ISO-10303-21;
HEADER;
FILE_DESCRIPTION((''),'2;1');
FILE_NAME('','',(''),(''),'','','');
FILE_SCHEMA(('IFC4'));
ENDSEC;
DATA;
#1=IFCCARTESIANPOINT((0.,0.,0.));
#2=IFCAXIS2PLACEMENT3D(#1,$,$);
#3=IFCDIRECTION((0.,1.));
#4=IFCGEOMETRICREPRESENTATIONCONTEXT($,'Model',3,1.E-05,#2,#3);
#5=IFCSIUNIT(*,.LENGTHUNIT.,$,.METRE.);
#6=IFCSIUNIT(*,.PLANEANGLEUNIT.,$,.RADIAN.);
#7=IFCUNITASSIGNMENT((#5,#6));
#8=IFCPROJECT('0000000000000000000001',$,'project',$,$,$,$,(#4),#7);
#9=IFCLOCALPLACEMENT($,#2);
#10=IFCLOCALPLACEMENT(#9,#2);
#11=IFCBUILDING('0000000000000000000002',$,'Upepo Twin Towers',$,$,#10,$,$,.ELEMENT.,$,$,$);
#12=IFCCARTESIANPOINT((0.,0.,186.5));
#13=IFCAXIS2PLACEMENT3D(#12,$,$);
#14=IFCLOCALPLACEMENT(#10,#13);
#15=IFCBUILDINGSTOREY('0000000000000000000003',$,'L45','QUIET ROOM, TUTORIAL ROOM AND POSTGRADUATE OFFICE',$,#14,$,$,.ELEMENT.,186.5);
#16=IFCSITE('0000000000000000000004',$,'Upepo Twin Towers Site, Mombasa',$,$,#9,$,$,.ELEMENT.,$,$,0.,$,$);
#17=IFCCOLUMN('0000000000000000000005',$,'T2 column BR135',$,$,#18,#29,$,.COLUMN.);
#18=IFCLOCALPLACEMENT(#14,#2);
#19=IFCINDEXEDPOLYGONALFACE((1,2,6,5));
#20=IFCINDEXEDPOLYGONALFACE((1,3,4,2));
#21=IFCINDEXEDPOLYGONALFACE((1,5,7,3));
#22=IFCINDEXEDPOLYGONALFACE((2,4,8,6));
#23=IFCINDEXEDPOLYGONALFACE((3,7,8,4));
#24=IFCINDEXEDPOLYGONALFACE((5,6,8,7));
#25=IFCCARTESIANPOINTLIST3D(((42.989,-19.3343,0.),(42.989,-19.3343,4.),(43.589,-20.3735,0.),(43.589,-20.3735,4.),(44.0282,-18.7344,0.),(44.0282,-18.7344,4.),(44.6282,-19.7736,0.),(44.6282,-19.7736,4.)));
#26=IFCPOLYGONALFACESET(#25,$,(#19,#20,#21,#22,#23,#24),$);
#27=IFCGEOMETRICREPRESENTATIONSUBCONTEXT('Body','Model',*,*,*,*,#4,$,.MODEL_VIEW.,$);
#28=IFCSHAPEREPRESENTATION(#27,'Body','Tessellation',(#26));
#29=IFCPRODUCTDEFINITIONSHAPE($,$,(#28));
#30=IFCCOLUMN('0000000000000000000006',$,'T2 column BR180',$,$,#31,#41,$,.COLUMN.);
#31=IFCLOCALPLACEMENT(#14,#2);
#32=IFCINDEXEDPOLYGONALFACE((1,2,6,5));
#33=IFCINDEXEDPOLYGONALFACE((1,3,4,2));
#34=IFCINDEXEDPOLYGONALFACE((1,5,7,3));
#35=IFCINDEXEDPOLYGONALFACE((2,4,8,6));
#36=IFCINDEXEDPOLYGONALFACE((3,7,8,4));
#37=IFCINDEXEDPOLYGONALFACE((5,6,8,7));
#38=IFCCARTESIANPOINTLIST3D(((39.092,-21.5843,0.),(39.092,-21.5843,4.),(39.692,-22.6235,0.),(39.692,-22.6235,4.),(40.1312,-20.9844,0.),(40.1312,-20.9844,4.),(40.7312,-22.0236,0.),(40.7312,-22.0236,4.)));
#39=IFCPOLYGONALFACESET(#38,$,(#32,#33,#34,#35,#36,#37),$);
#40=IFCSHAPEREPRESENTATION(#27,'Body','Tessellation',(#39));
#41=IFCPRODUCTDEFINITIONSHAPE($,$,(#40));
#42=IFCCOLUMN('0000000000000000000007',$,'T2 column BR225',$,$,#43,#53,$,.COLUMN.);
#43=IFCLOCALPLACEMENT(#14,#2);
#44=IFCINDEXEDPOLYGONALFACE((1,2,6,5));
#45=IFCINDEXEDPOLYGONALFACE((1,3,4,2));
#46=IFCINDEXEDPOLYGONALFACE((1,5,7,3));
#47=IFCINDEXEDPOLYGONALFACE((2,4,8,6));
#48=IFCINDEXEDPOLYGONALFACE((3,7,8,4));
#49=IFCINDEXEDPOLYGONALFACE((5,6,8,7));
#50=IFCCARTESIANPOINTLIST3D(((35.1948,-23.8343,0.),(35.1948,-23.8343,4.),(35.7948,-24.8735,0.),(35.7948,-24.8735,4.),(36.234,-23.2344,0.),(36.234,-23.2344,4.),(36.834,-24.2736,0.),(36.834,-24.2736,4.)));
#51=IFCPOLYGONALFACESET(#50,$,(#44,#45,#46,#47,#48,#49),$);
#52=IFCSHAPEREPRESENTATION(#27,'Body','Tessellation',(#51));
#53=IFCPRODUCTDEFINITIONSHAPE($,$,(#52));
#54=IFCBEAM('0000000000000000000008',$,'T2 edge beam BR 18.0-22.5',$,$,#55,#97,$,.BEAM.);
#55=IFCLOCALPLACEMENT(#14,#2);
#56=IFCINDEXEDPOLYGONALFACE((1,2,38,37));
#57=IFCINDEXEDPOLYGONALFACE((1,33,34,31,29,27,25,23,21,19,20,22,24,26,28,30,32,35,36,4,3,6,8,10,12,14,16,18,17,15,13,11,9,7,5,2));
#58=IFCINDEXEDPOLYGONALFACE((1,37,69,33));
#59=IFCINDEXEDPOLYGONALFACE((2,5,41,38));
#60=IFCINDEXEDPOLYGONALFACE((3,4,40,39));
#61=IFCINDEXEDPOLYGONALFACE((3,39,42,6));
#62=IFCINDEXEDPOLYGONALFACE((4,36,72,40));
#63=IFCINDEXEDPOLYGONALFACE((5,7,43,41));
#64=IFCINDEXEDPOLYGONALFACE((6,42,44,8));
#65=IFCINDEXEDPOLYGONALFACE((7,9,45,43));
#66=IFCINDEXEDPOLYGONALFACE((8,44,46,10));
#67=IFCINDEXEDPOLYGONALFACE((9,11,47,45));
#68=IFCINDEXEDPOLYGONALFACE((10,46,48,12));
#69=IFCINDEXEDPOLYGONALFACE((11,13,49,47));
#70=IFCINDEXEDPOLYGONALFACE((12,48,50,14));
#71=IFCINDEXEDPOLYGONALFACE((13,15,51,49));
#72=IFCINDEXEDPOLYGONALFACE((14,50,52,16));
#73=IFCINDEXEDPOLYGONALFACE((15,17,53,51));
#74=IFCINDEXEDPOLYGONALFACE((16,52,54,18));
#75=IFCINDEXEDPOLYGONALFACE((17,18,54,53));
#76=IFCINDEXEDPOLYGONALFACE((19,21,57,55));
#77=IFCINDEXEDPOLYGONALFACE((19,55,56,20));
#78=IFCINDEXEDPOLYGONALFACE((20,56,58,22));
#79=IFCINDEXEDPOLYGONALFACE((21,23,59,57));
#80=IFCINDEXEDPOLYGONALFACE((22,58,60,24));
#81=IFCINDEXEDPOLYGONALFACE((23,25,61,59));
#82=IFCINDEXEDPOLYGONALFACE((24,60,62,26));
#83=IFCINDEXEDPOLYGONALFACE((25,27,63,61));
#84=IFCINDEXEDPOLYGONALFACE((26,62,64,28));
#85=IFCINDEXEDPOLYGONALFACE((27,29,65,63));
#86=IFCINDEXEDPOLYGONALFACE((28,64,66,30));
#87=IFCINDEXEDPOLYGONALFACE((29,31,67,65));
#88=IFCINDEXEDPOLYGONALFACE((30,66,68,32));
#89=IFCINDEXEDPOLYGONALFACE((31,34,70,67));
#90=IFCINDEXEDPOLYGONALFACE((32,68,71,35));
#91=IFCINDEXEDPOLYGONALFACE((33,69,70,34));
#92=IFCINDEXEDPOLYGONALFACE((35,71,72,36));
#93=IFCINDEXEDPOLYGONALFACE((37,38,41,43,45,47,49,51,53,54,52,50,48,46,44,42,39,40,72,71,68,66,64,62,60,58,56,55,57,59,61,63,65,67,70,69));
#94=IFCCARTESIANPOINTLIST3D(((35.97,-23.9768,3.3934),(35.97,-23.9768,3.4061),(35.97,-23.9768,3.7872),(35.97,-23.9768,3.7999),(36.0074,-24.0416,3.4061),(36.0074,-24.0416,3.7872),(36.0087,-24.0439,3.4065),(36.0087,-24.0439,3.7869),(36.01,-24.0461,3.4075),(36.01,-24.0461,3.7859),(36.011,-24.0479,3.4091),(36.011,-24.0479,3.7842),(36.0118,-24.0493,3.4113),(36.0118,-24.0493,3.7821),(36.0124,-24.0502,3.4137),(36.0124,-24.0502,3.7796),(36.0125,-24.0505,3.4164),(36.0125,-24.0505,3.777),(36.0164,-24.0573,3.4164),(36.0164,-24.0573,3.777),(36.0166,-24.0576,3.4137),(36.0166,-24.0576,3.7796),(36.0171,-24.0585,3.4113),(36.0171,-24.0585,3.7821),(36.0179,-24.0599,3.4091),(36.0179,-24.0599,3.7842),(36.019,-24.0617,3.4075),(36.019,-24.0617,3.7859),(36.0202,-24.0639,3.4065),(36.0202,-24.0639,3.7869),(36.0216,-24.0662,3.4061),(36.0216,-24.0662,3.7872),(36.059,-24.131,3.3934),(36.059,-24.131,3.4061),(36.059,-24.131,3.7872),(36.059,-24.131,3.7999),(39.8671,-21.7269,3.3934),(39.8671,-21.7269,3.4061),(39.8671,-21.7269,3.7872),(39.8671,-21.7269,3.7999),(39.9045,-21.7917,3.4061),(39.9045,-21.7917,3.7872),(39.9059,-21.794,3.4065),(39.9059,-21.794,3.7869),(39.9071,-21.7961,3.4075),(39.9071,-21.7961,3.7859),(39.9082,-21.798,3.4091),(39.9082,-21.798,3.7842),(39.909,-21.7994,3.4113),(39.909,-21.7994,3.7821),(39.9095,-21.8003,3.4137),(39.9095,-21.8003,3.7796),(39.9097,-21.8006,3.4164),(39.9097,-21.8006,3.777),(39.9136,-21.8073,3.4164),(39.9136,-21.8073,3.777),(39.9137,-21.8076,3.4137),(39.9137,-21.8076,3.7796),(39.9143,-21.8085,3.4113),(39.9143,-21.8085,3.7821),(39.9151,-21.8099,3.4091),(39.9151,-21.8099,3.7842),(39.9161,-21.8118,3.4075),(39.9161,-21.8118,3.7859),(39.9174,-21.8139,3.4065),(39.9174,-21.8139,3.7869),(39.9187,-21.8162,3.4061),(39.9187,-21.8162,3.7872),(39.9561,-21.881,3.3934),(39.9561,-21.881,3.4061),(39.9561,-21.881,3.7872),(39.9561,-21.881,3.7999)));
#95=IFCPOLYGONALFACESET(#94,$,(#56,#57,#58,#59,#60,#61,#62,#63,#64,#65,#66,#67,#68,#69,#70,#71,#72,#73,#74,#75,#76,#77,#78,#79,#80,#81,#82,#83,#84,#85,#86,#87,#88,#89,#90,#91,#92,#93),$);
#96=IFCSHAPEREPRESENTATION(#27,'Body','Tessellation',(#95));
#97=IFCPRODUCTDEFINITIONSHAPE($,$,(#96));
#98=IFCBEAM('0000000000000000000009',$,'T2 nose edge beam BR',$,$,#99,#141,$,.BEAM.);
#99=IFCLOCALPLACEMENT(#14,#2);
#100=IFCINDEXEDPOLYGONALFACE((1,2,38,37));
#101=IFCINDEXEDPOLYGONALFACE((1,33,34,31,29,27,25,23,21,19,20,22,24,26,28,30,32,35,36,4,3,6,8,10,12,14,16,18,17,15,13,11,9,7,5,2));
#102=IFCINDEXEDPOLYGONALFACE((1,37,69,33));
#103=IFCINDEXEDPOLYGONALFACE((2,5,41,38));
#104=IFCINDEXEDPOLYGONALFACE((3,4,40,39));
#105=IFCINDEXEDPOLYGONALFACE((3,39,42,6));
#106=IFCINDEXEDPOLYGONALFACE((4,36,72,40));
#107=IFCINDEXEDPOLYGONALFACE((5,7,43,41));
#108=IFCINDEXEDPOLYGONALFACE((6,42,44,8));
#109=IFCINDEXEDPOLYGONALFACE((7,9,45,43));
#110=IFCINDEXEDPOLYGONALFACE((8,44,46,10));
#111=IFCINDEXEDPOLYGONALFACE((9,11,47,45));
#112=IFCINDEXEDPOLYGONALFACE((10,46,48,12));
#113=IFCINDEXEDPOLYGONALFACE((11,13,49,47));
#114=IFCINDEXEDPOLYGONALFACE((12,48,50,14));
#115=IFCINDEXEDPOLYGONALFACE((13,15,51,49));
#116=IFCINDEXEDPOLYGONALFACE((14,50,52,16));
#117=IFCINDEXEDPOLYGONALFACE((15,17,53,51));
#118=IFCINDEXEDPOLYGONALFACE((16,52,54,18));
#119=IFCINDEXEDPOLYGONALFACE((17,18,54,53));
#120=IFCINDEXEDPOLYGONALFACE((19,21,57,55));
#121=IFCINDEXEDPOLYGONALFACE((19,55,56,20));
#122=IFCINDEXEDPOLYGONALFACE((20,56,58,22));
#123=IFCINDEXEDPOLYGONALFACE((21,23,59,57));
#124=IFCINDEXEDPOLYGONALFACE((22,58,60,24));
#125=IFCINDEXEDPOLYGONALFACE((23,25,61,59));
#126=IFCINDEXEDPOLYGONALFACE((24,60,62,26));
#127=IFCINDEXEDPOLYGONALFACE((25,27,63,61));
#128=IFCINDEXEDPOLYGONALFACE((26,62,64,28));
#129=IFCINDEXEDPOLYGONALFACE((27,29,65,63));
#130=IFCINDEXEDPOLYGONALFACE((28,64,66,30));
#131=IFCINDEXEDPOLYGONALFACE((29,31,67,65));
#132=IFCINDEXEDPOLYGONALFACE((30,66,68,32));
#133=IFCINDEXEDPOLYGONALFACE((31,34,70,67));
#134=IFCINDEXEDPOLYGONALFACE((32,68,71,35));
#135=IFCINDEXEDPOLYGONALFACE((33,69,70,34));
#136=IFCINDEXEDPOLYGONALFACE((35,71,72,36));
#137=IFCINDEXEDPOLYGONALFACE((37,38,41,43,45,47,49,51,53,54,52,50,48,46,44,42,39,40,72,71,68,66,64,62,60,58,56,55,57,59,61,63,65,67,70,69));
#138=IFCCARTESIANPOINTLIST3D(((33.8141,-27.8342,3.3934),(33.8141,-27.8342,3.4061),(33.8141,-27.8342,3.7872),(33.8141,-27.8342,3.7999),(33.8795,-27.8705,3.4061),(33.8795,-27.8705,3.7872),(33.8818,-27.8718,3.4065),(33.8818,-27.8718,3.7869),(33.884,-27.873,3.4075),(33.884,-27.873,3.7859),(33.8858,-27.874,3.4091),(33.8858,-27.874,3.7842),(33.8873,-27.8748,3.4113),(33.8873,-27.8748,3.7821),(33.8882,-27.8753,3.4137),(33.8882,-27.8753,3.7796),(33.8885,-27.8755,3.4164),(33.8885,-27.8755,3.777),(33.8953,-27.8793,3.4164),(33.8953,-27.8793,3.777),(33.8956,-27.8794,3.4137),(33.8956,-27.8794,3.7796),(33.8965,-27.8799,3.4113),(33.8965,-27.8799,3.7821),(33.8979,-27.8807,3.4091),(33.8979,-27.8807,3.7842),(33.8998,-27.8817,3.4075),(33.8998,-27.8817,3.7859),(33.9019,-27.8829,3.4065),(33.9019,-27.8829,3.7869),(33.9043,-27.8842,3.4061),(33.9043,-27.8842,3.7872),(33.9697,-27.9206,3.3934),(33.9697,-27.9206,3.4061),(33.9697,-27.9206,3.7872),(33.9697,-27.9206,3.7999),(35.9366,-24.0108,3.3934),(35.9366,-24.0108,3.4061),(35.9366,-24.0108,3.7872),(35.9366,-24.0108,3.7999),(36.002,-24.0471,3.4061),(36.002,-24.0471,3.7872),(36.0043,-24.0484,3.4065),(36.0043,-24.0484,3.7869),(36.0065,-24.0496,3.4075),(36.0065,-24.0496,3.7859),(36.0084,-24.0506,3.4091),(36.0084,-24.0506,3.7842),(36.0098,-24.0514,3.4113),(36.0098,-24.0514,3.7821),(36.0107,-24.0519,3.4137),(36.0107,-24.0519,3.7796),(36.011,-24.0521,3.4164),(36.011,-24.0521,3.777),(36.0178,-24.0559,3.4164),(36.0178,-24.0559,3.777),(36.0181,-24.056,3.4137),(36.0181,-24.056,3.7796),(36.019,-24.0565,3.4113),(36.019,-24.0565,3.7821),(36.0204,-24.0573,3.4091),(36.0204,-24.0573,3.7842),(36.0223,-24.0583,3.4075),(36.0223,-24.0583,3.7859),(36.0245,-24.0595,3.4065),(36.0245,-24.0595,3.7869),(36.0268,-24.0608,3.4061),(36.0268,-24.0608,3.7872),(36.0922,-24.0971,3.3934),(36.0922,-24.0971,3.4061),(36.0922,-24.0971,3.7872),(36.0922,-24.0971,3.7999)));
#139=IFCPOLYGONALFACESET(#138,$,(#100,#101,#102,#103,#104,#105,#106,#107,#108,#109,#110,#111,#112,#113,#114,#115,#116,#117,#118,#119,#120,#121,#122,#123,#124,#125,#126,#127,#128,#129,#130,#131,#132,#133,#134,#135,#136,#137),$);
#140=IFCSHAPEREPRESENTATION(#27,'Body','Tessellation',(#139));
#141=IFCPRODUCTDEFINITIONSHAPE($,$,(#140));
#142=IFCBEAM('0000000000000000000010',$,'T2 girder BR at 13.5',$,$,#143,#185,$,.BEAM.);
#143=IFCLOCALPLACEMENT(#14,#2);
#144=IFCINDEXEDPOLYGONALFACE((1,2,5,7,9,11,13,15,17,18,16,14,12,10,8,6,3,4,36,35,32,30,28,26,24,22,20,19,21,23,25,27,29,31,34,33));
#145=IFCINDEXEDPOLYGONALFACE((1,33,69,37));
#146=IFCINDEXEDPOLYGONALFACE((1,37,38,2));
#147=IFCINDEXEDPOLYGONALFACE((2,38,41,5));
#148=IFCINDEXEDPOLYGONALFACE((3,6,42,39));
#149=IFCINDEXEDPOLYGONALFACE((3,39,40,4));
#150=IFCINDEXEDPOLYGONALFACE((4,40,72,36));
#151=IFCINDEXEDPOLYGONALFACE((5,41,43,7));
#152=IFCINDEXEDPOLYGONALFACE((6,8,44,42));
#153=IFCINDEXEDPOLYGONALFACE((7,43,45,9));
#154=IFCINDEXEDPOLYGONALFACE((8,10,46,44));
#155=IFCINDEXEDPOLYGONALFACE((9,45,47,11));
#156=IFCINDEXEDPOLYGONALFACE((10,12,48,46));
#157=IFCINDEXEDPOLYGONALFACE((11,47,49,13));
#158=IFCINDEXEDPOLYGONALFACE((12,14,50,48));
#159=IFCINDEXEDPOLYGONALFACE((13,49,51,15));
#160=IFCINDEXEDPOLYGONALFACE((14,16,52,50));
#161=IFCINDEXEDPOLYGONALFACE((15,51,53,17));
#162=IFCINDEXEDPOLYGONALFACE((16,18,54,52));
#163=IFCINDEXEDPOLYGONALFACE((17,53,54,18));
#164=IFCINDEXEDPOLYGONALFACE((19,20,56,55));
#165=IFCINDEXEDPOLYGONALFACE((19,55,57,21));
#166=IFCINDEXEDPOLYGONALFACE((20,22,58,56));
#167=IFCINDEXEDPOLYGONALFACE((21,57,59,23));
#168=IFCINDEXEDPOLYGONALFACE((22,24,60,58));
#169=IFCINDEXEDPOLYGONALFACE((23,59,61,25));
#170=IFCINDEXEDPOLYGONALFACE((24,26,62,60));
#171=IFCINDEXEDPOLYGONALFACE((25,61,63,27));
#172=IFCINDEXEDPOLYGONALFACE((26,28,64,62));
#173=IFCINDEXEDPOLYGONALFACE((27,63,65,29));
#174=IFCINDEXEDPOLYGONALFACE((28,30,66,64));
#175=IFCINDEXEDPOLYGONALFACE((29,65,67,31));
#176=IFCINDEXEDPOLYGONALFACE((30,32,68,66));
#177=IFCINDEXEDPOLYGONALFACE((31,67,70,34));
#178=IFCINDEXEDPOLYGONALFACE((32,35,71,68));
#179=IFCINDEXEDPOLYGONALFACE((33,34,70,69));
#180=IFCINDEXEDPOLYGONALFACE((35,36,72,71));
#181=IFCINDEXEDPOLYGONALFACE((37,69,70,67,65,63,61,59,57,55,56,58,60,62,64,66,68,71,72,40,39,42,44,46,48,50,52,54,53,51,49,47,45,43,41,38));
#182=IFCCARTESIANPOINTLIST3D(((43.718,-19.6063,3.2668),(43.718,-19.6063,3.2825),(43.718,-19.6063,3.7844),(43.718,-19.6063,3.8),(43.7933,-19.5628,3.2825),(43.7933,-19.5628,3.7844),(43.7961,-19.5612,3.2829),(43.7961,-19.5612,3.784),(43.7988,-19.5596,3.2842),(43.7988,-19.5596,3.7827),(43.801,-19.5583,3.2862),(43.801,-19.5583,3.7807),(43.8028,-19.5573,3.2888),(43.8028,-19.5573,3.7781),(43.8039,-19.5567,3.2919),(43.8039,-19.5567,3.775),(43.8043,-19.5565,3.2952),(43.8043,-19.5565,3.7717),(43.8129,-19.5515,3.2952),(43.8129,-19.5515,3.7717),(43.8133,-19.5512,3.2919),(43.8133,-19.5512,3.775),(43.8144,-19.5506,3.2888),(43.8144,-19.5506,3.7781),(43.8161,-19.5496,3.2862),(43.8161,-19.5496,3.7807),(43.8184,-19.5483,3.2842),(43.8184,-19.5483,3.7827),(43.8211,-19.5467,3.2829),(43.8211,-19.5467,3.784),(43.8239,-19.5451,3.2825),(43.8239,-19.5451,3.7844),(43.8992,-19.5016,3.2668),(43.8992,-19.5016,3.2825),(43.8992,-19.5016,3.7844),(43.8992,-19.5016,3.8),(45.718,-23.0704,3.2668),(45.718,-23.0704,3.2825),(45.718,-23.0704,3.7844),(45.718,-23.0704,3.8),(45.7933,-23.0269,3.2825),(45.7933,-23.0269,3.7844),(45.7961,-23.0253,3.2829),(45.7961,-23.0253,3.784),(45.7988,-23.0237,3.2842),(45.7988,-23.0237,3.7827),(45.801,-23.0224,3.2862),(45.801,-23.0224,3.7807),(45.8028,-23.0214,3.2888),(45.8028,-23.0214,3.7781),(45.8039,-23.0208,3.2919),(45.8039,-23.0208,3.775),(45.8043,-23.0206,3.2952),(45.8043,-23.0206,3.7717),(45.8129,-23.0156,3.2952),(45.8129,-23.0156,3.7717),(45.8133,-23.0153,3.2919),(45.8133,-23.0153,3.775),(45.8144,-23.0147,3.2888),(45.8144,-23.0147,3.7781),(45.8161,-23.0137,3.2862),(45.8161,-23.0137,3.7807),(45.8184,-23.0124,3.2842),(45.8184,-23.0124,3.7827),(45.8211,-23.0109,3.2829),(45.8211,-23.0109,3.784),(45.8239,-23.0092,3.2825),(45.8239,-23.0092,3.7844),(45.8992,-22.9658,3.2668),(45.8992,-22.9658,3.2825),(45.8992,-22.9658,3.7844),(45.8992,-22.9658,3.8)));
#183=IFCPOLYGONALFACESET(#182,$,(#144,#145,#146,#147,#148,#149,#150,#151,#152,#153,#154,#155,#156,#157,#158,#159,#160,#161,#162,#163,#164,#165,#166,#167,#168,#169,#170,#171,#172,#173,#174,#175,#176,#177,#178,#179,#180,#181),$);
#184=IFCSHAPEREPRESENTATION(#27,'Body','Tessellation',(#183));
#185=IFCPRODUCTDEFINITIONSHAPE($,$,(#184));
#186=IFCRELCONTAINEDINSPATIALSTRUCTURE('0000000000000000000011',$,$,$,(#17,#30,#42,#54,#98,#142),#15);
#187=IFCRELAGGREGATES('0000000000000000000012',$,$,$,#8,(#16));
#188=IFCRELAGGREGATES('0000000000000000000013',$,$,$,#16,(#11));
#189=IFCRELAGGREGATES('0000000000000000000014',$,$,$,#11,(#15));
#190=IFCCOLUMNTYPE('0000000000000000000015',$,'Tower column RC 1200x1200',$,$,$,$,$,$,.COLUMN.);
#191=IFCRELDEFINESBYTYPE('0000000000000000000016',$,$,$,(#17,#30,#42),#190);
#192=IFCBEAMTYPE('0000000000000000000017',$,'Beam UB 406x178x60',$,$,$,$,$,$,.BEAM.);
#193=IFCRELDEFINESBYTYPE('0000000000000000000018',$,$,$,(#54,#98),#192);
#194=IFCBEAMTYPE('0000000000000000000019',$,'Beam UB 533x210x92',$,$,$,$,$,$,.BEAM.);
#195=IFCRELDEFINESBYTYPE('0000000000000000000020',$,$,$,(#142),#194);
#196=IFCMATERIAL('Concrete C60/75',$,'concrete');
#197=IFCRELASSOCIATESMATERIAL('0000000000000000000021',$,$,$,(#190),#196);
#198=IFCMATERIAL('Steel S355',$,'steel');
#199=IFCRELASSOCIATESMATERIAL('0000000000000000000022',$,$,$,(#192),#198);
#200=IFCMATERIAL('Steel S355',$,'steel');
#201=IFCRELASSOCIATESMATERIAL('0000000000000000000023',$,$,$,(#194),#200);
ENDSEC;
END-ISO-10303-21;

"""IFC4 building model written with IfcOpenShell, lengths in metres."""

from ifc_helpers import new_model, si_unit, direction, frame, origin, origin_2d, place, context, subcontext, project, spatial, rectangle, i_section, extrude, material, material_profile, profile_set, type_object, element, save


model = new_model("IFC4")

# Units and contexts
model_context = context("Model", 3, precision=1e-05, world=origin(), true_north=direction((0.0, 1.0)))
body_context = subcontext(model_context, "Body", "Model", "MODEL_VIEW")
ifc_project = project(units=[si_unit("LENGTHUNIT", "METRE"), si_unit("PLANEANGLEUNIT", "RADIAN")], contexts=[model_context])

# Site, building, storey
site_placement = place(None, origin())
site = spatial("IfcSite", under=ifc_project, at=site_placement, Name="Upepo Twin Towers Site, Mombasa", CompositionType="ELEMENT", RefElevation=0.0)
building_placement = place(site_placement, origin())
building = spatial("IfcBuilding", under=site, at=building_placement, Name="Upepo Twin Towers", CompositionType="ELEMENT")
storey_placement = place(building_placement, frame((0.0, 0.0, 186.5)))
storey = spatial("IfcBuildingStorey", under=building, at=storey_placement, Name="L45", Description="QUIET ROOM, TUTORIAL ROOM AND POSTGRADUATE OFFICE", CompositionType="ELEMENT", Elevation=186.5)

# Columns
ifc_material_1 = material(Name="Concrete C60/75", Category="concrete")
ifc_material_profile_1 = material_profile(ifc_material_1, rectangle(XDim=1.2, YDim=1.2, at=origin_2d()), Name="RC 1200x1200")
ifc_profile_set_1 = profile_set([ifc_material_profile_1], Name="Concrete C60/75")
column_type = type_object("IfcColumnType", Name="Tower column RC 1200x1200", PredefinedType="COLUMN", material=ifc_profile_set_1)
for number, where, z_axis, x_axis, name in (
    (1, (43.8086, -19.554, 0.0), (0.0, 0.0, 1.0), (0.866025, 0.5, 0.0), "T2 column BR135"),
    (2, (39.9116, -21.804, 0.0), (0.0, 0.0, 1.0), (0.866025, 0.5, 0.0), "T2 column BR180"),
    (3, (36.0144, -24.054, 0.0), (0.0, 0.0, 1.0), (0.866025, 0.5, 0.0), "T2 column BR225"),
):
    element("IfcColumn", number, at=place(storey_placement, frame(where, z_axis=z_axis, x_axis=x_axis)), inside=storey, type_object=column_type, Name=name, PredefinedType="COLUMN", context=body_context, shape_type="SweptSolid", body=[
        extrude(rectangle(XDim=1.2, YDim=1.2, at=origin_2d()), origin(), (0.0, 0.0, 1.0), 4.0),
    ])

# Beams
ifc_material_2 = material(Name="Steel S355", Category="steel")
ifc_material_profile_2 = material_profile(ifc_material_2, i_section(OverallWidth=0.178, OverallDepth=0.4065, WebThickness=0.0078, FlangeThickness=0.0127, FilletRadius=0.0103, at=origin_2d()), Name="UB 406x178x60")
ifc_profile_set_2 = profile_set([ifc_material_profile_2], Name="Steel S355")
beam_type_1 = type_object("IfcBeamType", Name="Beam UB 406x178x60", PredefinedType="BEAM", material=ifc_profile_set_2)
beam_1_placement = place(storey_placement, frame((39.9116, -21.804, 3.5967), z_axis=(-0.866031, -0.49999, 0.0), x_axis=(0.49999, -0.866031, 0.0)))
element("IfcBeam", 4, at=beam_1_placement, inside=storey, type_object=beam_type_1, Name="T2 edge beam BR 18.0-22.5", PredefinedType="BEAM", context=body_context, shape_type="SweptSolid", body=[
    extrude(i_section(OverallWidth=0.178, OverallDepth=0.4065, WebThickness=0.0078, FlangeThickness=0.0127, FilletRadius=0.0103, at=origin_2d()), origin(), (0.0, 0.0, 1.0), 4.5),
])
beam_2_placement = place(storey_placement, frame((36.0144, -24.054, 3.5967), z_axis=(-0.485363, -0.874313, 0.0), x_axis=(0.874313, -0.485363, 0.0)))
element("IfcBeam", 5, at=beam_2_placement, inside=storey, type_object=beam_type_1, Name="T2 nose edge beam BR", PredefinedType="BEAM", context=body_context, shape_type="SweptSolid", body=[
    extrude(i_section(OverallWidth=0.178, OverallDepth=0.4065, WebThickness=0.0078, FlangeThickness=0.0127, FilletRadius=0.0103, at=origin_2d()), origin(), (0.0, 0.0, 1.0), 4.373),
])
ifc_material_3 = material(Name="Steel S355", Category="steel")
ifc_material_profile_3 = material_profile(ifc_material_3, i_section(OverallWidth=0.2092, OverallDepth=0.5332, WebThickness=0.01, FlangeThickness=0.0156, FilletRadius=0.0127, at=origin_2d()), Name="UB 533x210x92")
ifc_profile_set_3 = profile_set([ifc_material_profile_3], Name="Steel S355")
beam_type_2 = type_object("IfcBeamType", Name="Beam UB 533x210x92", PredefinedType="BEAM", material=ifc_profile_set_3)
for number, where, z_axis, x_axis, name in (
    (6, (43.8086, -19.554, 3.5334), (0.499999, -0.866026, 0.0), (0.866026, 0.499999, 0.0), "T2 girder BR at 13.5"),
):
    element("IfcBeam", number, at=place(storey_placement, frame(where, z_axis=z_axis, x_axis=x_axis)), inside=storey, type_object=beam_type_2, Name=name, PredefinedType="BEAM", context=body_context, shape_type="SweptSolid", body=[
        extrude(i_section(OverallWidth=0.2092, OverallDepth=0.5332, WebThickness=0.01, FlangeThickness=0.0156, FilletRadius=0.0127, at=origin_2d()), origin(), (0.0, 0.0, 1.0), 4.0),
    ])

save(model, "model.ifc")
